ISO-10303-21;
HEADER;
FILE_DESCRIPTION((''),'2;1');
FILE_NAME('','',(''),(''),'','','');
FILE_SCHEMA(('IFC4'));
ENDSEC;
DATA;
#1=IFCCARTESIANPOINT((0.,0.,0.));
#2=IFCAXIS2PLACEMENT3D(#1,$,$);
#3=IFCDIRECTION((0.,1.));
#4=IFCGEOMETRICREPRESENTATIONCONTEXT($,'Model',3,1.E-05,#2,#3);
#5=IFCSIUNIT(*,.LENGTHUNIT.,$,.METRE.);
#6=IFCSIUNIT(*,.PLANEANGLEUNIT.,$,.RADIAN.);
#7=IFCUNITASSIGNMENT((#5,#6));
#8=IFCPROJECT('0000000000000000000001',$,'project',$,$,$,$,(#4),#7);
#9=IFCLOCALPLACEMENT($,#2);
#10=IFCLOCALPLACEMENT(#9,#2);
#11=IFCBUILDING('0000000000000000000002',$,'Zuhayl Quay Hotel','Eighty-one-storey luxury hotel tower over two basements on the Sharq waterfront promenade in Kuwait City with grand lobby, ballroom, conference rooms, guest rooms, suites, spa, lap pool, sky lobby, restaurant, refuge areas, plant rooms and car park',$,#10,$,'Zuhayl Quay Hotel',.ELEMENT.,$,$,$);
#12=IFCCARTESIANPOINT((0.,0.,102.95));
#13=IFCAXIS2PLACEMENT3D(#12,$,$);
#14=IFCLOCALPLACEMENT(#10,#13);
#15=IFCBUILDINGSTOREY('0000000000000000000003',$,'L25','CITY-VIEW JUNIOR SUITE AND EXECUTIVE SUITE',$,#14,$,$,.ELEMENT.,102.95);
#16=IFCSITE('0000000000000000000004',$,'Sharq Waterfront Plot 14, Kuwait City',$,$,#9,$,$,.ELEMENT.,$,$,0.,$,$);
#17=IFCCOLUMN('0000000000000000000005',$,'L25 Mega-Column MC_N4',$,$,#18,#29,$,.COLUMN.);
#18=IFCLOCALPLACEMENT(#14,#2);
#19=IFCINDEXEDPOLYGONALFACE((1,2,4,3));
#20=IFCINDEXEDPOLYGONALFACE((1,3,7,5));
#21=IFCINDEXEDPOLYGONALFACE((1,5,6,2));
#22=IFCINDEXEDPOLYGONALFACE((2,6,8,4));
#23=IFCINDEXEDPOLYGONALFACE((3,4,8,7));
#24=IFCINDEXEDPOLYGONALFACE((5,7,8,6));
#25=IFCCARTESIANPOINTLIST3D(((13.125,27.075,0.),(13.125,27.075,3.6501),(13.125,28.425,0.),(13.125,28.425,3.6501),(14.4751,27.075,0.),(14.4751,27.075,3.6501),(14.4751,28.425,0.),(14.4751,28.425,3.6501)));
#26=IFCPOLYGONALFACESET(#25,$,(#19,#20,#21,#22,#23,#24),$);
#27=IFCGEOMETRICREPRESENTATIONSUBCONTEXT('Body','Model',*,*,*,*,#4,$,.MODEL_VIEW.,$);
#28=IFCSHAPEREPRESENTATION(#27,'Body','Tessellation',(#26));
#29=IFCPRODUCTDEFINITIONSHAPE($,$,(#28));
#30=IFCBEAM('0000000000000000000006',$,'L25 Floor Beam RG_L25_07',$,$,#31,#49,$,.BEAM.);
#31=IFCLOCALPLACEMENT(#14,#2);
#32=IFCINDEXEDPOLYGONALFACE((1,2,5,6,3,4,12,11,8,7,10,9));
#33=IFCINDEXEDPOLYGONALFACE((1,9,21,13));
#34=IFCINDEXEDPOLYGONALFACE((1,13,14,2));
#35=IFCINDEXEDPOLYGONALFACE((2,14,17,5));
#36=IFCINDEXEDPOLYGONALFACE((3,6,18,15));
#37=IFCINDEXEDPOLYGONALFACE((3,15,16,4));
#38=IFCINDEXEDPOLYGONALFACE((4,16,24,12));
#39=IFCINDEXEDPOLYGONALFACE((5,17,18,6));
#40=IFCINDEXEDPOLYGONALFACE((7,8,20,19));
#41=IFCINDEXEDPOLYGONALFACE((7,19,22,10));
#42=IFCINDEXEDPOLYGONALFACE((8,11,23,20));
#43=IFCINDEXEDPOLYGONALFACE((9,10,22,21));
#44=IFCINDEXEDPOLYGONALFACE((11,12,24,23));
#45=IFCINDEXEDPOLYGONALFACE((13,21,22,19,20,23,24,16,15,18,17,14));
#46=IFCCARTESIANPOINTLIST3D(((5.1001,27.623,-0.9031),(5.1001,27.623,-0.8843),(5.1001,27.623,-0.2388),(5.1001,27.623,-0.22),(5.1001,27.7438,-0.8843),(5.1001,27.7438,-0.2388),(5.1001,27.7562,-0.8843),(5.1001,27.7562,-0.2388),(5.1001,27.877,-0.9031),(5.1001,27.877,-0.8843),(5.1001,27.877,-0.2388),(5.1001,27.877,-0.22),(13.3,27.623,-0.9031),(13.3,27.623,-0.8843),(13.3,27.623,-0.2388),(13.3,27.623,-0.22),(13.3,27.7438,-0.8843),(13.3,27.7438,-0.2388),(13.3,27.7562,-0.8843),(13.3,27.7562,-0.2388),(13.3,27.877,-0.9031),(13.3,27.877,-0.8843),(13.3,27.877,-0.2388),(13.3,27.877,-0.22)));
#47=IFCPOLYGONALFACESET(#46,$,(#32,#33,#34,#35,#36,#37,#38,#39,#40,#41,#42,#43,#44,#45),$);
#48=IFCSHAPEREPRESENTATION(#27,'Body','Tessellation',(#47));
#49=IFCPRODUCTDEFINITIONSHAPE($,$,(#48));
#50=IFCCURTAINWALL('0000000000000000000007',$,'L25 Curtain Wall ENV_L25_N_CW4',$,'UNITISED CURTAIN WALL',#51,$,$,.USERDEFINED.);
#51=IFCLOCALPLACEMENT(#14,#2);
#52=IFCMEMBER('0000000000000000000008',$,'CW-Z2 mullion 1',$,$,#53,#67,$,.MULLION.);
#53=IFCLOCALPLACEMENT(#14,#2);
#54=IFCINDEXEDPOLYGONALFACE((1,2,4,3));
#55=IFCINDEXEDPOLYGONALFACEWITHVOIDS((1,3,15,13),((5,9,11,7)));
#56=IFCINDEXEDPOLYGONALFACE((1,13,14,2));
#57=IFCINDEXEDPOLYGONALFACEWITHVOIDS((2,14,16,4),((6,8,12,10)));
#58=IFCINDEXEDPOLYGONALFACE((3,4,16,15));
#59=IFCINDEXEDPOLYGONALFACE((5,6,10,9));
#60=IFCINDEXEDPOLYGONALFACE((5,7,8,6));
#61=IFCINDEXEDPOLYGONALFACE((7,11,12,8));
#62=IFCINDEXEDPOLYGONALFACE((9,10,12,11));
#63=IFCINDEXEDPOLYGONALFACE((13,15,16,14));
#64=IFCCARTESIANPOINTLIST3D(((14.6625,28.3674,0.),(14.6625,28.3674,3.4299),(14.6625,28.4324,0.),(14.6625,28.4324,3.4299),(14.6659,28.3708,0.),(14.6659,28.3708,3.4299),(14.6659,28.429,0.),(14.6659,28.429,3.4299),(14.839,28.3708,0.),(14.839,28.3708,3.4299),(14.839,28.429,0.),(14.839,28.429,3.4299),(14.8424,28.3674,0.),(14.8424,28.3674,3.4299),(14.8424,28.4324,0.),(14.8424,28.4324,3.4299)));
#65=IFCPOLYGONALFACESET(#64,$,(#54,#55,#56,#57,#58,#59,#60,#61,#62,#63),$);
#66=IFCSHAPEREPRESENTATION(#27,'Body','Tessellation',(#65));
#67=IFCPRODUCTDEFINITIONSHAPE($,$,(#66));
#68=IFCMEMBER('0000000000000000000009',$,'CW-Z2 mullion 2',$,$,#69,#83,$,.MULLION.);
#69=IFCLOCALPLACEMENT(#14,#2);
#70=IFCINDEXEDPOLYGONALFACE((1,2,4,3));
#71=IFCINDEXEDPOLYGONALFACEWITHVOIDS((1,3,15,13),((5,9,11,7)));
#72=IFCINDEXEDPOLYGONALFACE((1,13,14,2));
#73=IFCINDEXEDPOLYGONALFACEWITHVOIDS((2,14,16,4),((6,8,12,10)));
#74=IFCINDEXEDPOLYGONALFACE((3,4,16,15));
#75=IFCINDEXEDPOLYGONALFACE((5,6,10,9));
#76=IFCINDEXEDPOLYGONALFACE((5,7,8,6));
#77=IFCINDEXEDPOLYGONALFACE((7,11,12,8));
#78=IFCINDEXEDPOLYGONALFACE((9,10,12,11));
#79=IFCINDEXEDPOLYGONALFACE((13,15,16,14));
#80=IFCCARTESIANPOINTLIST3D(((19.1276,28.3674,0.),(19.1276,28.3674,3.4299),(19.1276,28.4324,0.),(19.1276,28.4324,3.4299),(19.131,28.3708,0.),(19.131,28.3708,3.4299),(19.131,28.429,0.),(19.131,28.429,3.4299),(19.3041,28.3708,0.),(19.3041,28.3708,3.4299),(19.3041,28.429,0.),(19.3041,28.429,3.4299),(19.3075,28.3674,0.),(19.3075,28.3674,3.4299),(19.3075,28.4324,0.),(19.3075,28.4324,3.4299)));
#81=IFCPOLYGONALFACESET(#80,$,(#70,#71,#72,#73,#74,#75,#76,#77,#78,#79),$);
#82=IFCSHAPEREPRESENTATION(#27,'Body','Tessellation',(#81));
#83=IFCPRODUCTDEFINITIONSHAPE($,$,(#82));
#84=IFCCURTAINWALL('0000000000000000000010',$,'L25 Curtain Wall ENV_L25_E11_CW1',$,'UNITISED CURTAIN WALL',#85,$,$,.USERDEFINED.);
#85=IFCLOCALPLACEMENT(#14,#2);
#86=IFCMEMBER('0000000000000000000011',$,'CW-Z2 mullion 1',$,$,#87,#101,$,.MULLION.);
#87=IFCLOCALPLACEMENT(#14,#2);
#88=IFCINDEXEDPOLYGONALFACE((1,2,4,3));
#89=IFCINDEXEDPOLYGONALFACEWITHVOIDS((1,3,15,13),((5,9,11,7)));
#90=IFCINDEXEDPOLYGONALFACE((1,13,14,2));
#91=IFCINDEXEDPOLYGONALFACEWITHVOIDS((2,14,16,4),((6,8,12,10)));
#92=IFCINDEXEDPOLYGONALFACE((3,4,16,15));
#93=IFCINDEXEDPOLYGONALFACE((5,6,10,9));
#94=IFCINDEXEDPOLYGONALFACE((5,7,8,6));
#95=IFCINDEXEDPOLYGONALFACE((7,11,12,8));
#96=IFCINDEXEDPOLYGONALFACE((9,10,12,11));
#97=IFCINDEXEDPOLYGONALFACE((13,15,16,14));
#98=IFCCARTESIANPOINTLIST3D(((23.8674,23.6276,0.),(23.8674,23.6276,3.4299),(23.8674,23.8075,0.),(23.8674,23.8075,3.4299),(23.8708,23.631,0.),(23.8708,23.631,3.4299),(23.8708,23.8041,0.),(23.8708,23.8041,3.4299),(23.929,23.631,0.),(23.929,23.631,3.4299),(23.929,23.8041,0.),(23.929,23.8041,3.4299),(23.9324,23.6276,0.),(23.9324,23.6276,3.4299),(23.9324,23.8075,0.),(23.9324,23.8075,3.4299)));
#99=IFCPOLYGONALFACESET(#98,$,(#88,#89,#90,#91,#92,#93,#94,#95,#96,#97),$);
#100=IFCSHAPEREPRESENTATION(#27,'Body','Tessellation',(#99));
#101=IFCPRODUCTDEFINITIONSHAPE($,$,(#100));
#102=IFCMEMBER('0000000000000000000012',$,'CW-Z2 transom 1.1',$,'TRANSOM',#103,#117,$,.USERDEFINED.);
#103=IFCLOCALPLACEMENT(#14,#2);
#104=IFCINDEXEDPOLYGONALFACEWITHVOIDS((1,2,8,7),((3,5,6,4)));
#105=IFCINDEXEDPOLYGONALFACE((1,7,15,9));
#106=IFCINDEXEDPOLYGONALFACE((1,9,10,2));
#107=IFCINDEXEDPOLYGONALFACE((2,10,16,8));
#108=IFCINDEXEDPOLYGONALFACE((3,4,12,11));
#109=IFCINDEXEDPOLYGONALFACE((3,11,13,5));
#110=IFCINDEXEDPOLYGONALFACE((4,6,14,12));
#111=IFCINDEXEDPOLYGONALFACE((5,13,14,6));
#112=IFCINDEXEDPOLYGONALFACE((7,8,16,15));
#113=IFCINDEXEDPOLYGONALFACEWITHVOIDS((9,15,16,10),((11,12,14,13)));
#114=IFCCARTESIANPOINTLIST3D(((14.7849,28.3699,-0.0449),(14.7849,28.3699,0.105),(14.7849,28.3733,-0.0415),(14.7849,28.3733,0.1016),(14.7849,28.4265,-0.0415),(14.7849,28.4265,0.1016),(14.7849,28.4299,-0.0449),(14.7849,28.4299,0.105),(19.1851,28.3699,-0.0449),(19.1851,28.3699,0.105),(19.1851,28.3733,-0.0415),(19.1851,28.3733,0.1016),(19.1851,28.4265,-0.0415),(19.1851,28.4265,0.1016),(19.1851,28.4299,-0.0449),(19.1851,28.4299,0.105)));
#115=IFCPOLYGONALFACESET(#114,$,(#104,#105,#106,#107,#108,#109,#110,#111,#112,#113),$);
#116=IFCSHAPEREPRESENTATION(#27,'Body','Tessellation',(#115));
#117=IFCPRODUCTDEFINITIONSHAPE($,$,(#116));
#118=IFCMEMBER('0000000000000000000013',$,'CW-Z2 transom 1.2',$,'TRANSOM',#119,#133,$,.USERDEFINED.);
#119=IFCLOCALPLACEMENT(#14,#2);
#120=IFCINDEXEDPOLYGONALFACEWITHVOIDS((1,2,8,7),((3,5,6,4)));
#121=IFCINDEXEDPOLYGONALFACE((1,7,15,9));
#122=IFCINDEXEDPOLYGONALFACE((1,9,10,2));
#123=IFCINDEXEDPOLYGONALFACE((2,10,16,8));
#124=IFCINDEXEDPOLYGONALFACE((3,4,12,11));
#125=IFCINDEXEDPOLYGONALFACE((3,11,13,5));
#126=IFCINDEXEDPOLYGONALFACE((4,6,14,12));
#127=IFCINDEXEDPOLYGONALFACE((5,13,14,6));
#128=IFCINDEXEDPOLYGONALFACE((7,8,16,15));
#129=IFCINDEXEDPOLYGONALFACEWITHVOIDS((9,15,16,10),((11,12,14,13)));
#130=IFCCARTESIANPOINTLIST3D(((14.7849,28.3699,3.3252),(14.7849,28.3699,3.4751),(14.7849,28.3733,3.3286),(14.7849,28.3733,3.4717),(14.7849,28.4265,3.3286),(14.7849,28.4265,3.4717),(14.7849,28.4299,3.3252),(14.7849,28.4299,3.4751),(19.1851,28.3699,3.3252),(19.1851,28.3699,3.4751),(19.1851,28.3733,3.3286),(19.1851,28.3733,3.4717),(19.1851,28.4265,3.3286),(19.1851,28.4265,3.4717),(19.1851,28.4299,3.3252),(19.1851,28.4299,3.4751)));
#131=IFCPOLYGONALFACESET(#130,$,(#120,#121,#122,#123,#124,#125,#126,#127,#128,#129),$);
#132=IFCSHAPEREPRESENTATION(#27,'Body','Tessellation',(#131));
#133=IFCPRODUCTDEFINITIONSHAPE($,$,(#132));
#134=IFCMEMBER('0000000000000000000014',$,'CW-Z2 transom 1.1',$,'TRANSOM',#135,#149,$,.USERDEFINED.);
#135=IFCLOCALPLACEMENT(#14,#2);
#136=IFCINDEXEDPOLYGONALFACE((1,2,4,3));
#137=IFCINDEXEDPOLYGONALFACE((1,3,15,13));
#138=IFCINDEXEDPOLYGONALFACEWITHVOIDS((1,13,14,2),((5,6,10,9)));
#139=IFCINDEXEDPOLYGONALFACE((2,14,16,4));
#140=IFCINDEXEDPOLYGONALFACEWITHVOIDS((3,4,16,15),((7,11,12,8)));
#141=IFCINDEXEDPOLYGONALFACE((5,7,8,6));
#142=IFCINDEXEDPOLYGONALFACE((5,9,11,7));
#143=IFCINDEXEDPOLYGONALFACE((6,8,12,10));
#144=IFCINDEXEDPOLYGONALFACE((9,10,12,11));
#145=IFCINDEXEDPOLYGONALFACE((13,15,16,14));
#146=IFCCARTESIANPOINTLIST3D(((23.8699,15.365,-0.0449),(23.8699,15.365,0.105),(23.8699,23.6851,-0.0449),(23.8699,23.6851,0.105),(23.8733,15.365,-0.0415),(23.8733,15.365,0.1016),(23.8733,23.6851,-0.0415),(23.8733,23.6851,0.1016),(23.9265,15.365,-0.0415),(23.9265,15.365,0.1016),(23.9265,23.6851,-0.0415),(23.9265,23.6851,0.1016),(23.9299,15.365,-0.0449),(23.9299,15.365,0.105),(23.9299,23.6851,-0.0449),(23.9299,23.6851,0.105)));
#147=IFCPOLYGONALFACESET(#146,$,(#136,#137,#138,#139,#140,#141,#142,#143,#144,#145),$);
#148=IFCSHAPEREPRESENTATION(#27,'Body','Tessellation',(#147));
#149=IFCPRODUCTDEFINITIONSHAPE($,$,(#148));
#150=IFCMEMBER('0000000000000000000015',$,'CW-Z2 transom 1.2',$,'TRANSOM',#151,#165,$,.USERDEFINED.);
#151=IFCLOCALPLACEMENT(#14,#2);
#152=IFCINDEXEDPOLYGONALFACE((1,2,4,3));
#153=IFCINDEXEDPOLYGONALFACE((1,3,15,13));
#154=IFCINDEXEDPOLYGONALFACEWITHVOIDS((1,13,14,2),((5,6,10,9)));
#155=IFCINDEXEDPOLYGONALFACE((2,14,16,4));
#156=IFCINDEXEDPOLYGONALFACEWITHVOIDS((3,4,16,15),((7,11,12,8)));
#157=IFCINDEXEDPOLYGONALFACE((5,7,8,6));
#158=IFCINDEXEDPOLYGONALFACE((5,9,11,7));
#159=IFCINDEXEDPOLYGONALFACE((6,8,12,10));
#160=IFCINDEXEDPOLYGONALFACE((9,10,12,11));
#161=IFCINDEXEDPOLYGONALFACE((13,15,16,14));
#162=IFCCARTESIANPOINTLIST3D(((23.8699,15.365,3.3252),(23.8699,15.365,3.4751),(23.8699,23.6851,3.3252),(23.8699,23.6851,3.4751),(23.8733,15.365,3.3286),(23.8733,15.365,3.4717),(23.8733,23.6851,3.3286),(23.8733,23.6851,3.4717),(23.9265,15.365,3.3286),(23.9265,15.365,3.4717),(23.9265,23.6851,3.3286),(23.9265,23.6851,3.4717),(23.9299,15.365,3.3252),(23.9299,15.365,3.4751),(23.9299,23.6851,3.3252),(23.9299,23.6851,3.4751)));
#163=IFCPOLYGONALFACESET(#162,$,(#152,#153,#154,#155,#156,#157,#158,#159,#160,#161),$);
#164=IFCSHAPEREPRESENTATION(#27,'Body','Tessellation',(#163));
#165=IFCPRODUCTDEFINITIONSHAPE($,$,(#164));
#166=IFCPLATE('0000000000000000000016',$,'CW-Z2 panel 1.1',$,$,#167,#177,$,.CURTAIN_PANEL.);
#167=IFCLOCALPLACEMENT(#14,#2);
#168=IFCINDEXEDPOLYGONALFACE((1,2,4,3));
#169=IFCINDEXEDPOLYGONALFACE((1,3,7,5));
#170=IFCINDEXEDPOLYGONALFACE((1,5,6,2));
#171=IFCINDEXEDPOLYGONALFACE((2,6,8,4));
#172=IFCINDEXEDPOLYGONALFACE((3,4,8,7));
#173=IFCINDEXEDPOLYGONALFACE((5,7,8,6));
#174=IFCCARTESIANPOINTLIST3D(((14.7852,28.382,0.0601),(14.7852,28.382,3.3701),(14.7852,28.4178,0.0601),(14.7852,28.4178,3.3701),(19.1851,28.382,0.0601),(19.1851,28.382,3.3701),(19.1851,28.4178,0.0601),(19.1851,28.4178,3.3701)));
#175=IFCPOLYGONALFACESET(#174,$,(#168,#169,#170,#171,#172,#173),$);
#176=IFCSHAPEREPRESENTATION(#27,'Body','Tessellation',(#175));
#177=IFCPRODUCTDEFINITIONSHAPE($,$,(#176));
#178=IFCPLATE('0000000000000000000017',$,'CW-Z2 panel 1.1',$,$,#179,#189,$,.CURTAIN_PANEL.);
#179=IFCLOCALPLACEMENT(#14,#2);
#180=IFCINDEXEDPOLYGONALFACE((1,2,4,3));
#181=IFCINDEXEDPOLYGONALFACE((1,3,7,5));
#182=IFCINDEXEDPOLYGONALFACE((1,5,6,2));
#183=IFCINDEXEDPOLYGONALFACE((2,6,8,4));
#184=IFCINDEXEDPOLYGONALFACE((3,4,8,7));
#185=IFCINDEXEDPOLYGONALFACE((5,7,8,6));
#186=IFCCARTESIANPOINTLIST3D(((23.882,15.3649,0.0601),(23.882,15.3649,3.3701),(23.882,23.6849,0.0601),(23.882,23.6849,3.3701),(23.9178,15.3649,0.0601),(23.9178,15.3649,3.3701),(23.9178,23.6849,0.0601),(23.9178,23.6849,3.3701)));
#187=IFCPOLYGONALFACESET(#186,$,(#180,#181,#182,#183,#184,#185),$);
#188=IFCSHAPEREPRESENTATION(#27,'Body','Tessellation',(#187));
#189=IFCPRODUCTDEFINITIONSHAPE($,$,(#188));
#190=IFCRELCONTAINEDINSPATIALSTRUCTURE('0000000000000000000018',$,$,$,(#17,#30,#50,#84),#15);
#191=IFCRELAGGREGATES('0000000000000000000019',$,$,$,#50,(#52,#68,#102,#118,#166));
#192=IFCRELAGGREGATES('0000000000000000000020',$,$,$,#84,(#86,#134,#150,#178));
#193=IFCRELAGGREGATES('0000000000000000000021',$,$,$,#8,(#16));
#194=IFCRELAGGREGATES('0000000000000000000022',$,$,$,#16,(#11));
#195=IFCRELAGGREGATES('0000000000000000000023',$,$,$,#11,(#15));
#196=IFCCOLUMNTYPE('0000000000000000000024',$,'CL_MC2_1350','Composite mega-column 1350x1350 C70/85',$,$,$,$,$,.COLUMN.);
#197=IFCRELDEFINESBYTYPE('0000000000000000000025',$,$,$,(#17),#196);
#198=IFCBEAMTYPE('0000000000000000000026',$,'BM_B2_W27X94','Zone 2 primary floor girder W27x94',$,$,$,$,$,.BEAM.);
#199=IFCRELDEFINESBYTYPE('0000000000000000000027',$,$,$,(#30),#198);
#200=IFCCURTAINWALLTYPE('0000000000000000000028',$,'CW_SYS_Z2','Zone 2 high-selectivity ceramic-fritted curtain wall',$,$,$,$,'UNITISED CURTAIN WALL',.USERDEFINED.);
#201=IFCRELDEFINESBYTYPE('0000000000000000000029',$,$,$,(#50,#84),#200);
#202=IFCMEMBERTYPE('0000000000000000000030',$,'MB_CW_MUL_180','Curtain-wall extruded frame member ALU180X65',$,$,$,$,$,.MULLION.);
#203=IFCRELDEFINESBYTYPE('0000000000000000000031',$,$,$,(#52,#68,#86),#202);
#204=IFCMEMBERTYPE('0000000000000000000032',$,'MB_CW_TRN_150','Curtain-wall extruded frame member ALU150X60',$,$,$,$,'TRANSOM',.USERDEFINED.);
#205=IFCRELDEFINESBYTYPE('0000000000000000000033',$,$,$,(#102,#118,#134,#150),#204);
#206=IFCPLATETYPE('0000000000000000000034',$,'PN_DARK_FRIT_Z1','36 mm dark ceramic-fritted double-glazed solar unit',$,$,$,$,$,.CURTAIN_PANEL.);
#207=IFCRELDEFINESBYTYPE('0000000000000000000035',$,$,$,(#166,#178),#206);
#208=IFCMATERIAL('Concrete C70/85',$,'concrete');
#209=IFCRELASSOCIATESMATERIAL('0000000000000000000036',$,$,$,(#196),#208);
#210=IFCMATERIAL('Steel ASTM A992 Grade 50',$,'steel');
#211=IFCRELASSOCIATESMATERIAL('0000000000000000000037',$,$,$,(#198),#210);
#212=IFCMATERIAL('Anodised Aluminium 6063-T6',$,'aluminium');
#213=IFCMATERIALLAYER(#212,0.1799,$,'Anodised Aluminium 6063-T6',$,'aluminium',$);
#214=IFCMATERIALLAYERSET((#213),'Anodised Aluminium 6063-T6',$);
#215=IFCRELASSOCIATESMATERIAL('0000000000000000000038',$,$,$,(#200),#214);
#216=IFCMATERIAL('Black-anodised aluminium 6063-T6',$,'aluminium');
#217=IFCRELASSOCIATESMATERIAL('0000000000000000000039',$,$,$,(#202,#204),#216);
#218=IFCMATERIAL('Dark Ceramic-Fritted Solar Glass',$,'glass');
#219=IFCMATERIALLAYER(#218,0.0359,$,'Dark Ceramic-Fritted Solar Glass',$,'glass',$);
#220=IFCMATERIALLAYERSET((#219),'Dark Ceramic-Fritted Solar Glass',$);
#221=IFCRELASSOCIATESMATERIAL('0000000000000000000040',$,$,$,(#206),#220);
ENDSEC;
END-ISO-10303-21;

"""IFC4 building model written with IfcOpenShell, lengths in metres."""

from ifc_helpers import new_model, si_unit, direction, frame, origin, origin_2d, place, context, subcontext, project, spatial, rectangle, hollow_rectangle, i_section, extrude, material, layer, layer_set, material_profile, profile_set, type_object, element, aggregate, save


model = new_model("IFC4")

# Units and contexts
model_context = context("Model", 3, precision=1e-05, world=origin(), true_north=direction((0.0, 1.0)))
body_context = subcontext(model_context, "Body", "Model", "MODEL_VIEW")
ifc_project = project(units=[si_unit("LENGTHUNIT", "METRE"), si_unit("PLANEANGLEUNIT", "RADIAN")], contexts=[model_context])

# Site, building, storey
site_placement = place(None, origin())
site = spatial("IfcSite", under=ifc_project, at=site_placement, Name="Sharq Waterfront Plot 14, Kuwait City", CompositionType="ELEMENT", RefElevation=0.0)
building_placement = place(site_placement, origin())
building = spatial("IfcBuilding", under=site, at=building_placement, Name="Zuhayl Quay Hotel", Description="Eighty-one-storey luxury hotel tower over two basements on the Sharq waterfront promenade in Kuwait City with grand lobby, ballroom, conference rooms, guest rooms, suites, spa, lap pool, sky lobby, restaurant, refuge areas, plant rooms and car park", LongName="Zuhayl Quay Hotel", CompositionType="ELEMENT")
storey_placement = place(building_placement, frame((0.0, 0.0, 102.95)))
storey = spatial("IfcBuildingStorey", under=building, at=storey_placement, Name="L25", Description="CITY-VIEW JUNIOR SUITE AND EXECUTIVE SUITE", CompositionType="ELEMENT", Elevation=102.95)

# Column
ifc_material_1 = material(Name="Concrete C70/85", Category="concrete")
ifc_material_profile_1 = material_profile(ifc_material_1, rectangle(XDim=1.3501, YDim=1.3501, at=origin_2d()), Name="RC1350X1350")
ifc_profile_set_1 = profile_set([ifc_material_profile_1], Name="Concrete C70/85")
column_type = type_object("IfcColumnType", Name="CL_MC2_1350", Description="Composite mega-column 1350x1350 C70/85", PredefinedType="COLUMN", material=ifc_profile_set_1)
column_placement = place(storey_placement, frame((13.8, 27.75, 0.0), z_axis=(0.0, 0.0, 1.0), x_axis=(1.0, 0.0, 0.0)))
element("IfcColumn", 1, at=column_placement, inside=storey, type_object=column_type, Name="L25 Mega-Column MC_N4", PredefinedType="COLUMN", context=body_context, shape_type="SweptSolid", body=[
    extrude(rectangle(XDim=1.3501, YDim=1.3501, at=origin_2d()), origin(), (0.0, 0.0, 1.0), 3.6501),
])

# Beam
ifc_material_2 = material(Name="Steel ASTM A992 Grade 50", Category="steel")
ifc_material_profile_2 = material_profile(ifc_material_2, i_section(OverallWidth=0.2539, OverallDepth=0.6831, WebThickness=0.0125, FlangeThickness=0.0188, at=origin_2d()), Name="W27X94")
ifc_profile_set_2 = profile_set([ifc_material_profile_2], Name="Steel ASTM A992 Grade 50")
beam_type = type_object("IfcBeamType", Name="BM_B2_W27X94", Description="Zone 2 primary floor girder W27x94", PredefinedType="BEAM", material=ifc_profile_set_2)
beam_placement = place(storey_placement, frame((13.3, 27.75, -0.5615), z_axis=(-1.0, 0.0, 0.0), x_axis=(0.0, -1.0, 0.0)))
element("IfcBeam", 2, at=beam_placement, inside=storey, type_object=beam_type, Name="L25 Floor Beam RG_L25_07", PredefinedType="BEAM", context=body_context, shape_type="SweptSolid", body=[
    extrude(i_section(OverallWidth=0.2539, OverallDepth=0.6831, WebThickness=0.0125, FlangeThickness=0.0188, at=origin_2d()), origin(), (0.0, 0.0, 1.0), 8.2),
])

# Curtain wall, members
ifc_material_3 = material(Name="Anodised Aluminium 6063-T6", Category="aluminium")
ifc_layer_1 = layer(ifc_material_3, 0.1799, Name="Anodised Aluminium 6063-T6", Category="aluminium")
ifc_layer_set_1 = layer_set([ifc_layer_1], Name="Anodised Aluminium 6063-T6")
curtain_wall_type = type_object("IfcCurtainWallType", Name="CW_SYS_Z2", Description="Zone 2 high-selectivity ceramic-fritted curtain wall", ElementType="UNITISED CURTAIN WALL", PredefinedType="USERDEFINED", material=ifc_layer_set_1)
curtain_wall_1_placement = place(storey_placement, origin())
curtain_wall_1 = element("IfcCurtainWall", 3, at=curtain_wall_1_placement, inside=storey, type_object=curtain_wall_type, Name="L25 Curtain Wall ENV_L25_N_CW4", ObjectType="UNITISED CURTAIN WALL", PredefinedType="USERDEFINED")
ifc_material_4 = material(Name="Black-anodised aluminium 6063-T6", Category="aluminium")
ifc_material_profile_3 = material_profile(ifc_material_4, hollow_rectangle(XDim=0.0649, YDim=0.1799, WallThickness=0.0034, at=origin_2d()), Name="ALU180X65")
ifc_profile_set_3 = profile_set([ifc_material_profile_3], Name="Black-anodised aluminium 6063-T6")
member_type_1 = type_object("IfcMemberType", Name="MB_CW_MUL_180", Description="Curtain-wall extruded frame member ALU180X65", PredefinedType="MULLION", material=ifc_profile_set_3)
member_1_placement = place(storey_placement, frame((14.7524, 28.3999, 0.0), z_axis=(0.0, 0.0, 1.0), x_axis=(0.0, 1.0, 0.0)))
member_1 = element("IfcMember", 4, at=member_1_placement, type_object=member_type_1, Name="CW-Z2 mullion 1", PredefinedType="MULLION", context=body_context, shape_type="SweptSolid", body=[
    extrude(hollow_rectangle(XDim=0.0649, YDim=0.1799, WallThickness=0.0034, at=origin_2d()), origin(), (0.0, 0.0, 1.0), 3.4299),
])
member_2_placement = place(storey_placement, frame((19.2175, 28.3999, 0.0), z_axis=(0.0, 0.0, 1.0), x_axis=(0.0, 1.0, 0.0)))
member_2 = element("IfcMember", 5, at=member_2_placement, type_object=member_type_1, Name="CW-Z2 mullion 2", PredefinedType="MULLION", context=body_context, shape_type="SweptSolid", body=[
    extrude(hollow_rectangle(XDim=0.0649, YDim=0.1799, WallThickness=0.0034, at=origin_2d()), origin(), (0.0, 0.0, 1.0), 3.4299),
])

# Curtain wall, member
curtain_wall_2_placement = place(storey_placement, origin())
curtain_wall_2 = element("IfcCurtainWall", 6, at=curtain_wall_2_placement, inside=storey, type_object=curtain_wall_type, Name="L25 Curtain Wall ENV_L25_E11_CW1", ObjectType="UNITISED CURTAIN WALL", PredefinedType="USERDEFINED")
member_3_placement = place(storey_placement, frame((23.8999, 23.7175, 0.0), z_axis=(0.0, 0.0, 1.0), x_axis=(1.0, 0.0, 0.0)))
member_3 = element("IfcMember", 7, at=member_3_placement, type_object=member_type_1, Name="CW-Z2 mullion 1", PredefinedType="MULLION", context=body_context, shape_type="SweptSolid", body=[
    extrude(hollow_rectangle(XDim=0.0649, YDim=0.1799, WallThickness=0.0034, at=origin_2d()), origin(), (0.0, 0.0, 1.0), 3.4299),
])

# Members
ifc_material_profile_4 = material_profile(ifc_material_4, hollow_rectangle(XDim=0.0601, YDim=0.1499, WallThickness=0.0034, at=origin_2d()), Name="ALU150X60")
ifc_profile_set_4 = profile_set([ifc_material_profile_4], Name="Black-anodised aluminium 6063-T6")
member_type_2 = type_object("IfcMemberType", Name="MB_CW_TRN_150", Description="Curtain-wall extruded frame member ALU150X60", ElementType="TRANSOM", PredefinedType="USERDEFINED", material=ifc_profile_set_4)
member_4_placement = place(storey_placement, frame((14.7849, 28.3999, 0.03), z_axis=(1.0, 0.0, 0.0), x_axis=(0.0, 1.0, 0.0)))
member_4 = element("IfcMember", 8, at=member_4_placement, type_object=member_type_2, Name="CW-Z2 transom 1.1", ObjectType="TRANSOM", PredefinedType="USERDEFINED", context=body_context, shape_type="SweptSolid", body=[
    extrude(hollow_rectangle(XDim=0.0601, YDim=0.1499, WallThickness=0.0034, at=origin_2d()), origin(), (0.0, 0.0, 1.0), 4.4001),
])
member_5_placement = place(storey_placement, frame((14.7849, 28.3999, 3.4001), z_axis=(1.0, 0.0, 0.0), x_axis=(0.0, 1.0, 0.0)))
member_5 = element("IfcMember", 9, at=member_5_placement, type_object=member_type_2, Name="CW-Z2 transom 1.2", ObjectType="TRANSOM", PredefinedType="USERDEFINED", context=body_context, shape_type="SweptSolid", body=[
    extrude(hollow_rectangle(XDim=0.0601, YDim=0.1499, WallThickness=0.0034, at=origin_2d()), origin(), (0.0, 0.0, 1.0), 4.4001),
])
member_6_placement = place(storey_placement, frame((23.8999, 23.6851, 0.03), z_axis=(0.0, -1.0, 0.0), x_axis=(1.0, 0.0, 0.0)))
member_6 = element("IfcMember", 10, at=member_6_placement, type_object=member_type_2, Name="CW-Z2 transom 1.1", ObjectType="TRANSOM", PredefinedType="USERDEFINED", context=body_context, shape_type="SweptSolid", body=[
    extrude(hollow_rectangle(XDim=0.0601, YDim=0.1499, WallThickness=0.0034, at=origin_2d()), origin(), (0.0, 0.0, 1.0), 8.3201),
])
member_7_placement = place(storey_placement, frame((23.8999, 23.6851, 3.4001), z_axis=(0.0, -1.0, 0.0), x_axis=(1.0, 0.0, 0.0)))
member_7 = element("IfcMember", 11, at=member_7_placement, type_object=member_type_2, Name="CW-Z2 transom 1.2", ObjectType="TRANSOM", PredefinedType="USERDEFINED", context=body_context, shape_type="SweptSolid", body=[
    extrude(hollow_rectangle(XDim=0.0601, YDim=0.1499, WallThickness=0.0034, at=origin_2d()), origin(), (0.0, 0.0, 1.0), 8.3201),
])

# Plates
ifc_material_5 = material(Name="Dark Ceramic-Fritted Solar Glass", Category="glass")
ifc_layer_2 = layer(ifc_material_5, 0.0359, Name="Dark Ceramic-Fritted Solar Glass", Category="glass")
ifc_layer_set_2 = layer_set([ifc_layer_2], Name="Dark Ceramic-Fritted Solar Glass")
plate_type = type_object("IfcPlateType", Name="PN_DARK_FRIT_Z1", Description="36 mm dark ceramic-fritted double-glazed solar unit", PredefinedType="CURTAIN_PANEL", material=ifc_layer_set_2)
plate_1_placement = place(storey_placement, frame((16.9851, 28.3999, 0.0601), z_axis=(0.0, 0.0, 1.0), x_axis=(1.0, 0.0, 0.0)))
plate_1 = element("IfcPlate", 12, at=plate_1_placement, type_object=plate_type, Name="CW-Z2 panel 1.1", PredefinedType="CURTAIN_PANEL", context=body_context, shape_type="SweptSolid", body=[
    extrude(rectangle(XDim=4.3999, YDim=0.0359, at=origin_2d()), origin(), (0.0, 0.0, 1.0), 3.3101),
])
aggregate(curtain_wall_1, [member_1, member_2, member_4, member_5, plate_1])
plate_2_placement = place(storey_placement, frame((23.8999, 19.5249, 0.0601), z_axis=(0.0, 0.0, 1.0), x_axis=(0.0, -1.0, 0.0)))
plate_2 = element("IfcPlate", 13, at=plate_2_placement, type_object=plate_type, Name="CW-Z2 panel 1.1", PredefinedType="CURTAIN_PANEL", context=body_context, shape_type="SweptSolid", body=[
    extrude(rectangle(XDim=8.3201, YDim=0.0359, at=origin_2d()), origin(), (0.0, 0.0, 1.0), 3.3101),
])
aggregate(curtain_wall_2, [member_3, member_6, member_7, plate_2])

save(model, "model.ifc")
